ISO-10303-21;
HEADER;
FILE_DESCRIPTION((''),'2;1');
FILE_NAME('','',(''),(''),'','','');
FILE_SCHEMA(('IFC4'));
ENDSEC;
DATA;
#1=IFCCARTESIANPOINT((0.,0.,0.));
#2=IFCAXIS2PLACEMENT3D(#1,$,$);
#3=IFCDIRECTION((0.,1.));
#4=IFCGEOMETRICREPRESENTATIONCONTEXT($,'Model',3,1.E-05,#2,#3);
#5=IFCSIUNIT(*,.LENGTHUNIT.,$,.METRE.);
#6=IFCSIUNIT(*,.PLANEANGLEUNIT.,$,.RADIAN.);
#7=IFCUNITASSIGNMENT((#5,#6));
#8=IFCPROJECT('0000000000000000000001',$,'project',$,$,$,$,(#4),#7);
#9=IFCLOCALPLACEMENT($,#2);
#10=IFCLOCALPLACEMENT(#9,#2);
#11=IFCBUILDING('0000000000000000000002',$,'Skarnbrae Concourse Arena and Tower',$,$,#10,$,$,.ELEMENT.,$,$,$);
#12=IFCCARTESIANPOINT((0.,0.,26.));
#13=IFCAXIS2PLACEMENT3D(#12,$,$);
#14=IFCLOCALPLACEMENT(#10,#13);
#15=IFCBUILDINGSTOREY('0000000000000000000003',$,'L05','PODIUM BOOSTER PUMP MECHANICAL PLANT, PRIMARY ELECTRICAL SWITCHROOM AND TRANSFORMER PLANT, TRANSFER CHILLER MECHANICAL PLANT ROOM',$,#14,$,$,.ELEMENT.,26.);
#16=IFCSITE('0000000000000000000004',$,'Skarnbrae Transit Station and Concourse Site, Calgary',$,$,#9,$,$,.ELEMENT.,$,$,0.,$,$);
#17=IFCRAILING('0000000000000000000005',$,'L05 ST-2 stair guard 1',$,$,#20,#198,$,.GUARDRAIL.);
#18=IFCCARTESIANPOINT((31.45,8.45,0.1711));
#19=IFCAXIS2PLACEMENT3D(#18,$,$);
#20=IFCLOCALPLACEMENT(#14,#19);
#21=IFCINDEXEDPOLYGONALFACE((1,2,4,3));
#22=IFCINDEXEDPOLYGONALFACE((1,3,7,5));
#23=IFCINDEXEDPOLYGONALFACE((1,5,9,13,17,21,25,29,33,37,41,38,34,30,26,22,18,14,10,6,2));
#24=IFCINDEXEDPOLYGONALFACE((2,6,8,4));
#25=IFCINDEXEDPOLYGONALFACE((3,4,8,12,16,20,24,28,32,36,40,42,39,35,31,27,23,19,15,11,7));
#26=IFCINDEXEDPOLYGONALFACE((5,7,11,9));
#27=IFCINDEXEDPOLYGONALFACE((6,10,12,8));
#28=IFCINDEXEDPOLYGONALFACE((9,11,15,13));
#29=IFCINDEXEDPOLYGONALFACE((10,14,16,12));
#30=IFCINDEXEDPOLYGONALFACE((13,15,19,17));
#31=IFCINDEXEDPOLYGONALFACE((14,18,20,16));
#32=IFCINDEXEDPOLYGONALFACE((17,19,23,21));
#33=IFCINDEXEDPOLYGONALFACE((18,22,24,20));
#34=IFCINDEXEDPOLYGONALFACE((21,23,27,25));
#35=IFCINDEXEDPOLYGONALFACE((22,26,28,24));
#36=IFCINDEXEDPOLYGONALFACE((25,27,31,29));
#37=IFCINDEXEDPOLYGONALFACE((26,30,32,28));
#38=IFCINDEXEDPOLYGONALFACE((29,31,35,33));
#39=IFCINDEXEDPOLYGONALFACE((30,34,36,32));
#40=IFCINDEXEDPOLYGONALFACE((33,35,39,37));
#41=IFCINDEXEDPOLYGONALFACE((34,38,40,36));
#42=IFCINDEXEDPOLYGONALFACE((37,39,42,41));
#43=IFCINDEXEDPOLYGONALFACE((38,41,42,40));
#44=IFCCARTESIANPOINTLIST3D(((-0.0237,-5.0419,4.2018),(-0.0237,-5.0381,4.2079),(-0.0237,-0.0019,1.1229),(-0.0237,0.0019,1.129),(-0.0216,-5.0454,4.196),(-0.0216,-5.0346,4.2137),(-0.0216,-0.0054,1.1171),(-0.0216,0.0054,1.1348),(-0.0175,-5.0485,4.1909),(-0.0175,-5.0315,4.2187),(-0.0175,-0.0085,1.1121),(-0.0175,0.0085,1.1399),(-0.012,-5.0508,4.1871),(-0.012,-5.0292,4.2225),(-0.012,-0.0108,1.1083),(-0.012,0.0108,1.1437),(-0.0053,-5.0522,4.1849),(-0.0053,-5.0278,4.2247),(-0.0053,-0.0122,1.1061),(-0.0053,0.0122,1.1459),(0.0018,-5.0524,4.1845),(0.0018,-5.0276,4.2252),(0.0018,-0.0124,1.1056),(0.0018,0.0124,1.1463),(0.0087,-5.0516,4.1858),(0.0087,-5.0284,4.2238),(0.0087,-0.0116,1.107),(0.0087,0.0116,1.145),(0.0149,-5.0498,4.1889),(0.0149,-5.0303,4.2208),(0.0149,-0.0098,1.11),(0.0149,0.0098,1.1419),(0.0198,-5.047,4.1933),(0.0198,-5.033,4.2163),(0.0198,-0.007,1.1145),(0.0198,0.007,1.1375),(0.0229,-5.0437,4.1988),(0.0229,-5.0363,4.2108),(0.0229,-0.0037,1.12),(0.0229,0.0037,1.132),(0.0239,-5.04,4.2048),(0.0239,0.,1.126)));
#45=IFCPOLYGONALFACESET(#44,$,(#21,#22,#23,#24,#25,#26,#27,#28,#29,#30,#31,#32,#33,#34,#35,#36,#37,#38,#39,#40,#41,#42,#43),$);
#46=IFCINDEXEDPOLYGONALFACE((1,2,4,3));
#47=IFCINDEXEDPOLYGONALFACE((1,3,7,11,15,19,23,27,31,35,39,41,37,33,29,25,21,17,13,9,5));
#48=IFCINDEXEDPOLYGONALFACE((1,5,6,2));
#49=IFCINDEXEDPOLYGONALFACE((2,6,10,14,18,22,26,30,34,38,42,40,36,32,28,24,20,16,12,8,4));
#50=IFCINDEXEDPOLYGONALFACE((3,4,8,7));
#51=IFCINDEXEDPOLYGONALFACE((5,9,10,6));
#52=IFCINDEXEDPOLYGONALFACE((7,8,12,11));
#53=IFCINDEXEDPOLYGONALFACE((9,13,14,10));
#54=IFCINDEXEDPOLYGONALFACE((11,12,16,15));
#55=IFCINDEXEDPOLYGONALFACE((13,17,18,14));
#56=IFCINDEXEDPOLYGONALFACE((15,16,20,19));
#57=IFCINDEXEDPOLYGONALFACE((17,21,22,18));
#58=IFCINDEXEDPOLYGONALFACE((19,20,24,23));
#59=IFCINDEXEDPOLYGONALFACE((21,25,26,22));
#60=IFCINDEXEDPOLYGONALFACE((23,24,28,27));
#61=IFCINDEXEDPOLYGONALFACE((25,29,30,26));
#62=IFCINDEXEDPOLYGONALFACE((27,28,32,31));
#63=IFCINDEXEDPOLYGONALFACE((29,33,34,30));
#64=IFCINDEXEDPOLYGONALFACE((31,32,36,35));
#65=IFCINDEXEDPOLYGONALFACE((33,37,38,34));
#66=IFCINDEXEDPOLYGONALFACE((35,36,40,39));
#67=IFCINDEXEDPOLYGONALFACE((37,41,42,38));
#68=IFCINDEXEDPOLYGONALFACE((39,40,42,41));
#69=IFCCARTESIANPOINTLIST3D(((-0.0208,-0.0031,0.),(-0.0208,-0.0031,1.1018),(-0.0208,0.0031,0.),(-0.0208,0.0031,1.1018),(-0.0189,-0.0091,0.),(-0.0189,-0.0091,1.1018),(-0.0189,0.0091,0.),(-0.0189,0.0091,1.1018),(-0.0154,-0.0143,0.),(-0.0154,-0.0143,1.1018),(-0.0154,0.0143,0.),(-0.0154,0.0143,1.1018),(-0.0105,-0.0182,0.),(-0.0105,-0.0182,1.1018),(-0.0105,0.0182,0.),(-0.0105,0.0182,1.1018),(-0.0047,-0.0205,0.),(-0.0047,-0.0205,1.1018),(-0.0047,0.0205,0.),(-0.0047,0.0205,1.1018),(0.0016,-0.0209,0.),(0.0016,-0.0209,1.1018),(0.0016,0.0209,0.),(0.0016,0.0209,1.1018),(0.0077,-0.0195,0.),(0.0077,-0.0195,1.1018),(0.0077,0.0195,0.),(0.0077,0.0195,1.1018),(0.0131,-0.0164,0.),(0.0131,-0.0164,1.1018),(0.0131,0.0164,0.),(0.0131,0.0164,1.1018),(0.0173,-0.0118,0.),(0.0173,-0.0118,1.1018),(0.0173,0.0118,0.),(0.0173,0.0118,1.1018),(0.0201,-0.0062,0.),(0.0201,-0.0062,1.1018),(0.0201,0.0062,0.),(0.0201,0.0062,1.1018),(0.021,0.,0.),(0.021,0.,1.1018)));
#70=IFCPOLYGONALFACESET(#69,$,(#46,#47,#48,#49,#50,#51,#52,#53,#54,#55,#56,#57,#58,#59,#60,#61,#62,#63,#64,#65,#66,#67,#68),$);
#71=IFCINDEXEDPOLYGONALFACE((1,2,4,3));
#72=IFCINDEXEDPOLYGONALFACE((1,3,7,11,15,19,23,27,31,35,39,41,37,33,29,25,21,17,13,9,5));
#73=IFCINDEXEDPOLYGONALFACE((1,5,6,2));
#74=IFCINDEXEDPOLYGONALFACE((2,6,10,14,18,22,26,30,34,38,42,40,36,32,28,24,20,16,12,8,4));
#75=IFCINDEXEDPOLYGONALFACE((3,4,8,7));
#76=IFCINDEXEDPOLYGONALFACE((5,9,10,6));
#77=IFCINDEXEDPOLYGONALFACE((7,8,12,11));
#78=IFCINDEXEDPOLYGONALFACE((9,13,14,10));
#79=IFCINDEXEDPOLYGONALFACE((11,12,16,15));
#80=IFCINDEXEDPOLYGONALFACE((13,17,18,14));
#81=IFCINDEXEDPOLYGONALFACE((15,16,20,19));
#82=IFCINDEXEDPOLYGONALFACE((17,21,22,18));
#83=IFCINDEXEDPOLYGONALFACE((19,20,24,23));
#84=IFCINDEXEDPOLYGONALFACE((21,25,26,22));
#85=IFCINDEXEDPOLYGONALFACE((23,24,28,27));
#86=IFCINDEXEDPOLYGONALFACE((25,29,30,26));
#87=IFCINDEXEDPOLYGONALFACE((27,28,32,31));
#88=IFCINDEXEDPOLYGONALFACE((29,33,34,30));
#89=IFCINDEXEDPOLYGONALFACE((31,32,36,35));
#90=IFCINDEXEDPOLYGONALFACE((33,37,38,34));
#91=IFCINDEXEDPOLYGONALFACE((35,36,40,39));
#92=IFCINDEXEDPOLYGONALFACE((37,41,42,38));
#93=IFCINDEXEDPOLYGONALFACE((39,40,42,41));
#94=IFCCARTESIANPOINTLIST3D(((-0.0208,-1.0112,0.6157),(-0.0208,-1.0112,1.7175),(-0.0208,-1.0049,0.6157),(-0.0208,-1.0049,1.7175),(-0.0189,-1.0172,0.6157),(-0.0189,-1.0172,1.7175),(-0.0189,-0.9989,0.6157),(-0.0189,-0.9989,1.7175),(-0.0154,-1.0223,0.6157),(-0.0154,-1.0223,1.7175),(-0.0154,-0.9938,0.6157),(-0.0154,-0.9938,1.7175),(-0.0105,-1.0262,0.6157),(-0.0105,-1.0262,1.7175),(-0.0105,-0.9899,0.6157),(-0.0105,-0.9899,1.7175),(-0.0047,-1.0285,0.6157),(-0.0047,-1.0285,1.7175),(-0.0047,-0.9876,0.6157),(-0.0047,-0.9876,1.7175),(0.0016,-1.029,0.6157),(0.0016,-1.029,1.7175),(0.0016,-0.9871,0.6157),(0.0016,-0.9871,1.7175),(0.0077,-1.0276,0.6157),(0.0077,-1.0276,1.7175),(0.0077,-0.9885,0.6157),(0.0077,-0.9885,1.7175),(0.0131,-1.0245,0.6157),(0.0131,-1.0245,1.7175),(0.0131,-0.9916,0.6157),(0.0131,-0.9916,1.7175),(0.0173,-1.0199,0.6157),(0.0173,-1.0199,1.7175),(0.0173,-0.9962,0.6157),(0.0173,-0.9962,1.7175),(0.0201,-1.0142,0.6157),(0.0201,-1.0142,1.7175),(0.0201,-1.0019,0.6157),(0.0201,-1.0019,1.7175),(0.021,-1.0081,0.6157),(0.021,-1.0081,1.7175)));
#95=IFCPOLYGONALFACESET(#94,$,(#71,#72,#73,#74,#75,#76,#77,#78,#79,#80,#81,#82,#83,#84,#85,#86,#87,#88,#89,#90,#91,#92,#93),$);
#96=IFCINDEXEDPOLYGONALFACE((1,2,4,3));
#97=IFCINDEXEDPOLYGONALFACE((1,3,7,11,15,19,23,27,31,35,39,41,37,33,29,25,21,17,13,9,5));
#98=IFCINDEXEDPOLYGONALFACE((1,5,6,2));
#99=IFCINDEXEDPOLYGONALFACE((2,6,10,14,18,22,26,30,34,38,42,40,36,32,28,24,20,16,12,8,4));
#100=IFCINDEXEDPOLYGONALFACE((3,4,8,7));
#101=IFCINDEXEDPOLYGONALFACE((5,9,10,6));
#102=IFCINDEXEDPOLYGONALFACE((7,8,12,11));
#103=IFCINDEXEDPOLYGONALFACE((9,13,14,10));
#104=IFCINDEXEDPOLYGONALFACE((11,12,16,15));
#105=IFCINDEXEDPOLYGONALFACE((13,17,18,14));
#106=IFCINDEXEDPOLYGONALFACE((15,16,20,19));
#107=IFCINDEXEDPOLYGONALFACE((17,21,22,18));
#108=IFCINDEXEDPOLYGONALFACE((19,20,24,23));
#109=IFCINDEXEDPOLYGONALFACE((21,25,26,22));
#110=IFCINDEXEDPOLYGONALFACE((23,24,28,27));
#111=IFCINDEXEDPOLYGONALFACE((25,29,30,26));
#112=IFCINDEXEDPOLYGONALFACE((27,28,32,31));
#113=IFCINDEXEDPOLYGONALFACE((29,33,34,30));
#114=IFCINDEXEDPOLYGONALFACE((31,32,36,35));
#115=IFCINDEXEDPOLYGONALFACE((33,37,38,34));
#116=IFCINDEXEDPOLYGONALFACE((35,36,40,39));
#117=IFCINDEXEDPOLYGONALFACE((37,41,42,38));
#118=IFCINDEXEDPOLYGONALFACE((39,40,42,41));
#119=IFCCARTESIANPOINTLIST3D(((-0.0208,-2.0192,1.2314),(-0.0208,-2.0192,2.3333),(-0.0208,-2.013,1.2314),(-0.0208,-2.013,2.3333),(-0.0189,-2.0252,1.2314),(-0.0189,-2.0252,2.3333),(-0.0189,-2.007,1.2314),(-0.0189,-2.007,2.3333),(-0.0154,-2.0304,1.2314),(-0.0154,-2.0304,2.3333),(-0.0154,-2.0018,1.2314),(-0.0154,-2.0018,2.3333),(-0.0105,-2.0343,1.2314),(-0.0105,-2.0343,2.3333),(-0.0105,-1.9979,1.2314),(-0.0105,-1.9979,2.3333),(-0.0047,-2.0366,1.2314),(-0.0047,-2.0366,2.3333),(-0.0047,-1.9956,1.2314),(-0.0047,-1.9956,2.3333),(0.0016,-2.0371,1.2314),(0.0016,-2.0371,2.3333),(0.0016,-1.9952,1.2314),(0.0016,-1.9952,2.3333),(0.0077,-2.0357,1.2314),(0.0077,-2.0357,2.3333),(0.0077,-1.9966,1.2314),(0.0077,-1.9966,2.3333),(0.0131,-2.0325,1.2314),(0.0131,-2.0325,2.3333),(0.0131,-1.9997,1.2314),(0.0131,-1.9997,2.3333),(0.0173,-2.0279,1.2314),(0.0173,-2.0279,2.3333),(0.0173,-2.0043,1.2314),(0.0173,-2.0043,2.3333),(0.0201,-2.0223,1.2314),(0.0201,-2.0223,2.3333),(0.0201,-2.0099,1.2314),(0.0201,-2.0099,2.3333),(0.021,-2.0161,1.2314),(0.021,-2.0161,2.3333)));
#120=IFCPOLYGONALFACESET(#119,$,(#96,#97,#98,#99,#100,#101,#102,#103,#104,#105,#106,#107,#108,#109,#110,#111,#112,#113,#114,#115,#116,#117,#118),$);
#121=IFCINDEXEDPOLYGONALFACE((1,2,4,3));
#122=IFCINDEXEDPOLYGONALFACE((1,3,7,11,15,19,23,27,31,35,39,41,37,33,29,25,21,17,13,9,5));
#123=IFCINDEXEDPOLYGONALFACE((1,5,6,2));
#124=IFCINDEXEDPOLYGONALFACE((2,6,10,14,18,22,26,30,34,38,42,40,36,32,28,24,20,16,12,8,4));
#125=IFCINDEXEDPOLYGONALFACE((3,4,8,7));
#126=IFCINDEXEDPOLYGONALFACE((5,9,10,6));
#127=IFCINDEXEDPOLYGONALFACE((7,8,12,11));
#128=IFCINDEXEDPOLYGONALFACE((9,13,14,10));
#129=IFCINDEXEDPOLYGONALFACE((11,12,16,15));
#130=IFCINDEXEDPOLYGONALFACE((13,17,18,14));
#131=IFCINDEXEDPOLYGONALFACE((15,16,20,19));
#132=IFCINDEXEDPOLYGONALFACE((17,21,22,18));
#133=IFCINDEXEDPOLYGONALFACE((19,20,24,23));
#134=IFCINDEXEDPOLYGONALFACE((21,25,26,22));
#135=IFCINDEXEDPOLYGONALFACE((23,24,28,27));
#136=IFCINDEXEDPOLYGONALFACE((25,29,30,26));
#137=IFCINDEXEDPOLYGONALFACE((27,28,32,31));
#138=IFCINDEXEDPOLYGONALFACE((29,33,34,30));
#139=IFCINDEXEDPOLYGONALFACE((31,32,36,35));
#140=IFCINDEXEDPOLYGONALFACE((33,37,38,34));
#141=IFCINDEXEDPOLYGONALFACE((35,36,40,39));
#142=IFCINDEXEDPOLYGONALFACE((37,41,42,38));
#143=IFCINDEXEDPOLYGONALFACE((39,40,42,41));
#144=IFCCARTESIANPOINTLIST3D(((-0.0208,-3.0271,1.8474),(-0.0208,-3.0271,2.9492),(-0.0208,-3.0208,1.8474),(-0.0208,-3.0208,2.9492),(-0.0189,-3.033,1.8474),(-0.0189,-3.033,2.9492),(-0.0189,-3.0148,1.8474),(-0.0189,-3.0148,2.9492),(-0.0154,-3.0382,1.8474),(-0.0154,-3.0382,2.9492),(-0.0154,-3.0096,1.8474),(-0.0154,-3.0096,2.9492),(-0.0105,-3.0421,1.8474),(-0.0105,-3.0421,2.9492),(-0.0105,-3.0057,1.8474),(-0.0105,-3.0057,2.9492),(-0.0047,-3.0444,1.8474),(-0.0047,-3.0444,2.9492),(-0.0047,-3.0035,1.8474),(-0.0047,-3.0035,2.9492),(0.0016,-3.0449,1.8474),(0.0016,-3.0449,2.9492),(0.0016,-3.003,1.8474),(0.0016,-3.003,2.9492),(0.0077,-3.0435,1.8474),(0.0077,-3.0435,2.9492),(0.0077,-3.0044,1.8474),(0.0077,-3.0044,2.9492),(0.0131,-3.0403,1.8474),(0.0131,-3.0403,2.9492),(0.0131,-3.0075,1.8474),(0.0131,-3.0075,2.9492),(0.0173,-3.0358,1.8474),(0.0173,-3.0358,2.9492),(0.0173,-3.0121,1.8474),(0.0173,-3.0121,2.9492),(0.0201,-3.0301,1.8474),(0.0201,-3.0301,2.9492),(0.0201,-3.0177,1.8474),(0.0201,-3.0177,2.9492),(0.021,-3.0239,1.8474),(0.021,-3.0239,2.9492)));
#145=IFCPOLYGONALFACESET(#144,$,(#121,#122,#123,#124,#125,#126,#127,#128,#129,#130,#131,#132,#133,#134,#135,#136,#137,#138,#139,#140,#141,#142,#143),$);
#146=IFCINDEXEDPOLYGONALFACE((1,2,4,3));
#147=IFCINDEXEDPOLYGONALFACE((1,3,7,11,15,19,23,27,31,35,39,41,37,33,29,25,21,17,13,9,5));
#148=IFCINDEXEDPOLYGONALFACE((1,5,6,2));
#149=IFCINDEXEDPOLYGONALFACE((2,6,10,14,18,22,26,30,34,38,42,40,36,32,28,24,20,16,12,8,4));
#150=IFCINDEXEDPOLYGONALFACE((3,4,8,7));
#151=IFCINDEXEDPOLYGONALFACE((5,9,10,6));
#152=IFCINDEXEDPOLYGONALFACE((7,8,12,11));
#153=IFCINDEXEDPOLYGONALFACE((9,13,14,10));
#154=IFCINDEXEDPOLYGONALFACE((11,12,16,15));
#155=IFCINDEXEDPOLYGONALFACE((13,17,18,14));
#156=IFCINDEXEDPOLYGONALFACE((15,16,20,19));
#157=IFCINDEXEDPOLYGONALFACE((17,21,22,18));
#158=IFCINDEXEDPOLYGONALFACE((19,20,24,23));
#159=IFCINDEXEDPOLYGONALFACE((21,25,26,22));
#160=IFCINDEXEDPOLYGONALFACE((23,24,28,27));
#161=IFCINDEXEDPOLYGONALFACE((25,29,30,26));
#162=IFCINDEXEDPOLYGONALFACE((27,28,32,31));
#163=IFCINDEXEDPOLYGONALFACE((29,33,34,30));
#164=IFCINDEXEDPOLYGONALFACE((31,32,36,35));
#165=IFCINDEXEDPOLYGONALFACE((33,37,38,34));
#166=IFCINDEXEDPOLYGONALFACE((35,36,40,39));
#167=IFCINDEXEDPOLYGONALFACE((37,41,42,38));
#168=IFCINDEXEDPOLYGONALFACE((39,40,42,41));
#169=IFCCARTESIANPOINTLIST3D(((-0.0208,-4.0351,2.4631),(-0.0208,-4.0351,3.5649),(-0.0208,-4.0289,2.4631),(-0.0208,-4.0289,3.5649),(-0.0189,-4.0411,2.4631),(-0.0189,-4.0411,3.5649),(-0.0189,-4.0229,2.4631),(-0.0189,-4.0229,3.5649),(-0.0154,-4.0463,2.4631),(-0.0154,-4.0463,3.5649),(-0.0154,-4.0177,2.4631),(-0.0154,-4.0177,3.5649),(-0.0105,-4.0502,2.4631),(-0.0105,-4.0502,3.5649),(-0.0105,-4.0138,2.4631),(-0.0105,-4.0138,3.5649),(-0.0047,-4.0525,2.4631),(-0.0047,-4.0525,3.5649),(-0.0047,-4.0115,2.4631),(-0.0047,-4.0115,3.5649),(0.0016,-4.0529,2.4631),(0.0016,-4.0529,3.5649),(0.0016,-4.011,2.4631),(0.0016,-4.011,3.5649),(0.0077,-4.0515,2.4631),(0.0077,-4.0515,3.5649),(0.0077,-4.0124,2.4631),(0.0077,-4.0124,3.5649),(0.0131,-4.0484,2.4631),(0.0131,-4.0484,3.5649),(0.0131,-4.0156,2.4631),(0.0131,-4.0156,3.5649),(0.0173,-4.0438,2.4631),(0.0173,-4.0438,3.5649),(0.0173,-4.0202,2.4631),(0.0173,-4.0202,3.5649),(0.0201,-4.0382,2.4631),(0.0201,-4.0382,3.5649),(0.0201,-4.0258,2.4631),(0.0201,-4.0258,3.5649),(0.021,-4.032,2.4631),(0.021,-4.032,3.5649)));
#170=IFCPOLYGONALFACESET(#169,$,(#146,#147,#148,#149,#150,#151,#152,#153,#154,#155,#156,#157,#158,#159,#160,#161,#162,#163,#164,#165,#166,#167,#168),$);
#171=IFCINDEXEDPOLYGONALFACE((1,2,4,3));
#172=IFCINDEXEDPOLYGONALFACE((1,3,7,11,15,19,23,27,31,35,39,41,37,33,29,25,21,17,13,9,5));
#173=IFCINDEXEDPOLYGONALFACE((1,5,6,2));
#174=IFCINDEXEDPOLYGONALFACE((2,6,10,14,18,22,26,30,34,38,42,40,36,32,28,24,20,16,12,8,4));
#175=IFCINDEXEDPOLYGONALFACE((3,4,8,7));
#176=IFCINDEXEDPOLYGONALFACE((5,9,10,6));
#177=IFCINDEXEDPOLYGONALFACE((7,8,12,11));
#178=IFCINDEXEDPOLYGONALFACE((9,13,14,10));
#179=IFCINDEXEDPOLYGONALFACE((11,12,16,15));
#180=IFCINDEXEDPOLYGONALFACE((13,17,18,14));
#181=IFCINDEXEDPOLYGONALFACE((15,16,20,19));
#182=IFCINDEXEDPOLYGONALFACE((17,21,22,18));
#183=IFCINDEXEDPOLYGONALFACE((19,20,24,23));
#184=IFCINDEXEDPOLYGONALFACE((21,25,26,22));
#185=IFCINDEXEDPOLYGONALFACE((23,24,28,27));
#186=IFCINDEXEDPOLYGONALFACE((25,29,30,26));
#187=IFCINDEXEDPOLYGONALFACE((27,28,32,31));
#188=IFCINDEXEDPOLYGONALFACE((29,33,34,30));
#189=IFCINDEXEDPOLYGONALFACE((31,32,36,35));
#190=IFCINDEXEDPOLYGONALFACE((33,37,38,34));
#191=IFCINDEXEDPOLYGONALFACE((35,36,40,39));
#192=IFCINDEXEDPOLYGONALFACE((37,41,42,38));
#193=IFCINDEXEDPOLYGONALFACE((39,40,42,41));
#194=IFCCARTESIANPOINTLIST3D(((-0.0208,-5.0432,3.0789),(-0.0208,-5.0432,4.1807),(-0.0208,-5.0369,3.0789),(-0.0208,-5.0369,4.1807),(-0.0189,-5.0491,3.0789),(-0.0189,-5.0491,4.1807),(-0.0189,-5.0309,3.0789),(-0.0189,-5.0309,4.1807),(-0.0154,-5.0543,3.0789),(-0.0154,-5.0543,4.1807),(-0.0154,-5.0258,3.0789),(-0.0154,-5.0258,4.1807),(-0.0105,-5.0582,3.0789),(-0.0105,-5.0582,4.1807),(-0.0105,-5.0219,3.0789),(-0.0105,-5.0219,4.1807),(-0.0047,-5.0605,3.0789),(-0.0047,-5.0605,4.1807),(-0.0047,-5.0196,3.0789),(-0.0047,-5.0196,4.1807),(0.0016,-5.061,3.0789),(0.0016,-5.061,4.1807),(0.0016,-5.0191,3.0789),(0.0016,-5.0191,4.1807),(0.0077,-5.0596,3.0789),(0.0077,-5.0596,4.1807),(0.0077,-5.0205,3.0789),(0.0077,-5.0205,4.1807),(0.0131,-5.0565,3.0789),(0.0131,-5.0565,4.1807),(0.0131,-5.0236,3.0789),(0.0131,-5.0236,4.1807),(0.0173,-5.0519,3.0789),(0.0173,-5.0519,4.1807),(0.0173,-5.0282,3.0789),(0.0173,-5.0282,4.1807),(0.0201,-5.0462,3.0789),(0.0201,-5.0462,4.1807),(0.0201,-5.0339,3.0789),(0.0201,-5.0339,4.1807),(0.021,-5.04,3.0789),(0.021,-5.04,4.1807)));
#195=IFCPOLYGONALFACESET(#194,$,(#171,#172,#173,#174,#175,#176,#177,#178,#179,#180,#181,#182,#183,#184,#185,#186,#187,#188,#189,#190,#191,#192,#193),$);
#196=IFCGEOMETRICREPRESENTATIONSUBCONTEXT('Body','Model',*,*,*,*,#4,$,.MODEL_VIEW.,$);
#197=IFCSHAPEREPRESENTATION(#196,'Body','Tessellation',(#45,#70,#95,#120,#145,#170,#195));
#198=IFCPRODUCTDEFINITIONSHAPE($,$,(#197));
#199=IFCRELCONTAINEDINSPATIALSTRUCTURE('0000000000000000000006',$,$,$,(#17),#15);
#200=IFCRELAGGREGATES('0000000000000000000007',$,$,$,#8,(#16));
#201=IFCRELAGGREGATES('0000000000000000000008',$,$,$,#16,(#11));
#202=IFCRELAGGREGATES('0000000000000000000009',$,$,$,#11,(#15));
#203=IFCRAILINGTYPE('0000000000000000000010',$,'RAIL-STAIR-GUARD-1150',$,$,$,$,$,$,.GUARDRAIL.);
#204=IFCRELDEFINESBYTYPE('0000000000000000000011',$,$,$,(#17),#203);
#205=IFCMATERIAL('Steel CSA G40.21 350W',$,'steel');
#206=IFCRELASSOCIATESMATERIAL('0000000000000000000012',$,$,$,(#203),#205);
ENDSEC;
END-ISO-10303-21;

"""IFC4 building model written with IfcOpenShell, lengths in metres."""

from ifc_helpers import new_model, si_unit, direction, frame, origin, origin_2d, place, context, subcontext, project, spatial, circle, extrude, material, type_object, element, save


model = new_model("IFC4")

# Units and contexts
model_context = context("Model", 3, precision=1e-05, world=origin(), true_north=direction((0.0, 1.0)))
body_context = subcontext(model_context, "Body", "Model", "MODEL_VIEW")
ifc_project = project(units=[si_unit("LENGTHUNIT", "METRE"), si_unit("PLANEANGLEUNIT", "RADIAN")], contexts=[model_context])

# Site, building, storey
site_placement = place(None, origin())
site = spatial("IfcSite", under=ifc_project, at=site_placement, Name="Skarnbrae Transit Station and Concourse Site, Calgary", CompositionType="ELEMENT", RefElevation=0.0)
building_placement = place(site_placement, origin())
building = spatial("IfcBuilding", under=site, at=building_placement, Name="Skarnbrae Concourse Arena and Tower", CompositionType="ELEMENT")
storey_placement = place(building_placement, frame((0.0, 0.0, 26.0)))
storey = spatial("IfcBuildingStorey", under=building, at=storey_placement, Name="L05", Description="PODIUM BOOSTER PUMP MECHANICAL PLANT, PRIMARY ELECTRICAL SWITCHROOM AND TRANSFORMER PLANT, TRANSFER CHILLER MECHANICAL PLANT ROOM", CompositionType="ELEMENT", Elevation=26.0)

# Shared definitions
ifc_material_1 = material(Name="Steel CSA G40.21 350W", Category="steel")

# Railing
railing_type_1 = type_object("IfcRailingType", Name="RAIL-STAIR-GUARD-1150", PredefinedType="GUARDRAIL", material=ifc_material_1)
railing_1_placement = place(storey_placement, frame((31.45, 8.45, 0.1711)))
element("IfcRailing", 1, at=railing_1_placement, inside=storey, type_object=railing_type_1, Name="L05 ST-2 stair guard 1", PredefinedType="GUARDRAIL", context=body_context, shape_type="SweptSolid", body=[
    extrude(circle(Radius=0.0239, at=origin_2d()), frame((0.0, 0.0, 1.126), z_axis=(0.0, -0.85337, 0.521306), x_axis=(1.0, 0.0, 0.0)), (0.0, 0.0, 1.0), 5.906),
    extrude(circle(Radius=0.021, at=origin_2d()), origin(), (0.0, 0.0, 1.0), 1.1018),
    extrude(circle(Radius=0.021, at=origin_2d()), frame((0.0, -1.0081, 0.6157)), (0.0, 0.0, 1.0), 1.1018),
    extrude(circle(Radius=0.021, at=origin_2d()), frame((0.0, -2.0161, 1.2314)), (0.0, 0.0, 1.0), 1.1018),
    extrude(circle(Radius=0.021, at=origin_2d()), frame((0.0, -3.0239, 1.8474)), (0.0, 0.0, 1.0), 1.1018),
    extrude(circle(Radius=0.021, at=origin_2d()), frame((0.0, -4.032, 2.4631)), (0.0, 0.0, 1.0), 1.1018),
    extrude(circle(Radius=0.021, at=origin_2d()), frame((0.0, -5.04, 3.0789)), (0.0, 0.0, 1.0), 1.1018),
])

save(model, "model.ifc")
